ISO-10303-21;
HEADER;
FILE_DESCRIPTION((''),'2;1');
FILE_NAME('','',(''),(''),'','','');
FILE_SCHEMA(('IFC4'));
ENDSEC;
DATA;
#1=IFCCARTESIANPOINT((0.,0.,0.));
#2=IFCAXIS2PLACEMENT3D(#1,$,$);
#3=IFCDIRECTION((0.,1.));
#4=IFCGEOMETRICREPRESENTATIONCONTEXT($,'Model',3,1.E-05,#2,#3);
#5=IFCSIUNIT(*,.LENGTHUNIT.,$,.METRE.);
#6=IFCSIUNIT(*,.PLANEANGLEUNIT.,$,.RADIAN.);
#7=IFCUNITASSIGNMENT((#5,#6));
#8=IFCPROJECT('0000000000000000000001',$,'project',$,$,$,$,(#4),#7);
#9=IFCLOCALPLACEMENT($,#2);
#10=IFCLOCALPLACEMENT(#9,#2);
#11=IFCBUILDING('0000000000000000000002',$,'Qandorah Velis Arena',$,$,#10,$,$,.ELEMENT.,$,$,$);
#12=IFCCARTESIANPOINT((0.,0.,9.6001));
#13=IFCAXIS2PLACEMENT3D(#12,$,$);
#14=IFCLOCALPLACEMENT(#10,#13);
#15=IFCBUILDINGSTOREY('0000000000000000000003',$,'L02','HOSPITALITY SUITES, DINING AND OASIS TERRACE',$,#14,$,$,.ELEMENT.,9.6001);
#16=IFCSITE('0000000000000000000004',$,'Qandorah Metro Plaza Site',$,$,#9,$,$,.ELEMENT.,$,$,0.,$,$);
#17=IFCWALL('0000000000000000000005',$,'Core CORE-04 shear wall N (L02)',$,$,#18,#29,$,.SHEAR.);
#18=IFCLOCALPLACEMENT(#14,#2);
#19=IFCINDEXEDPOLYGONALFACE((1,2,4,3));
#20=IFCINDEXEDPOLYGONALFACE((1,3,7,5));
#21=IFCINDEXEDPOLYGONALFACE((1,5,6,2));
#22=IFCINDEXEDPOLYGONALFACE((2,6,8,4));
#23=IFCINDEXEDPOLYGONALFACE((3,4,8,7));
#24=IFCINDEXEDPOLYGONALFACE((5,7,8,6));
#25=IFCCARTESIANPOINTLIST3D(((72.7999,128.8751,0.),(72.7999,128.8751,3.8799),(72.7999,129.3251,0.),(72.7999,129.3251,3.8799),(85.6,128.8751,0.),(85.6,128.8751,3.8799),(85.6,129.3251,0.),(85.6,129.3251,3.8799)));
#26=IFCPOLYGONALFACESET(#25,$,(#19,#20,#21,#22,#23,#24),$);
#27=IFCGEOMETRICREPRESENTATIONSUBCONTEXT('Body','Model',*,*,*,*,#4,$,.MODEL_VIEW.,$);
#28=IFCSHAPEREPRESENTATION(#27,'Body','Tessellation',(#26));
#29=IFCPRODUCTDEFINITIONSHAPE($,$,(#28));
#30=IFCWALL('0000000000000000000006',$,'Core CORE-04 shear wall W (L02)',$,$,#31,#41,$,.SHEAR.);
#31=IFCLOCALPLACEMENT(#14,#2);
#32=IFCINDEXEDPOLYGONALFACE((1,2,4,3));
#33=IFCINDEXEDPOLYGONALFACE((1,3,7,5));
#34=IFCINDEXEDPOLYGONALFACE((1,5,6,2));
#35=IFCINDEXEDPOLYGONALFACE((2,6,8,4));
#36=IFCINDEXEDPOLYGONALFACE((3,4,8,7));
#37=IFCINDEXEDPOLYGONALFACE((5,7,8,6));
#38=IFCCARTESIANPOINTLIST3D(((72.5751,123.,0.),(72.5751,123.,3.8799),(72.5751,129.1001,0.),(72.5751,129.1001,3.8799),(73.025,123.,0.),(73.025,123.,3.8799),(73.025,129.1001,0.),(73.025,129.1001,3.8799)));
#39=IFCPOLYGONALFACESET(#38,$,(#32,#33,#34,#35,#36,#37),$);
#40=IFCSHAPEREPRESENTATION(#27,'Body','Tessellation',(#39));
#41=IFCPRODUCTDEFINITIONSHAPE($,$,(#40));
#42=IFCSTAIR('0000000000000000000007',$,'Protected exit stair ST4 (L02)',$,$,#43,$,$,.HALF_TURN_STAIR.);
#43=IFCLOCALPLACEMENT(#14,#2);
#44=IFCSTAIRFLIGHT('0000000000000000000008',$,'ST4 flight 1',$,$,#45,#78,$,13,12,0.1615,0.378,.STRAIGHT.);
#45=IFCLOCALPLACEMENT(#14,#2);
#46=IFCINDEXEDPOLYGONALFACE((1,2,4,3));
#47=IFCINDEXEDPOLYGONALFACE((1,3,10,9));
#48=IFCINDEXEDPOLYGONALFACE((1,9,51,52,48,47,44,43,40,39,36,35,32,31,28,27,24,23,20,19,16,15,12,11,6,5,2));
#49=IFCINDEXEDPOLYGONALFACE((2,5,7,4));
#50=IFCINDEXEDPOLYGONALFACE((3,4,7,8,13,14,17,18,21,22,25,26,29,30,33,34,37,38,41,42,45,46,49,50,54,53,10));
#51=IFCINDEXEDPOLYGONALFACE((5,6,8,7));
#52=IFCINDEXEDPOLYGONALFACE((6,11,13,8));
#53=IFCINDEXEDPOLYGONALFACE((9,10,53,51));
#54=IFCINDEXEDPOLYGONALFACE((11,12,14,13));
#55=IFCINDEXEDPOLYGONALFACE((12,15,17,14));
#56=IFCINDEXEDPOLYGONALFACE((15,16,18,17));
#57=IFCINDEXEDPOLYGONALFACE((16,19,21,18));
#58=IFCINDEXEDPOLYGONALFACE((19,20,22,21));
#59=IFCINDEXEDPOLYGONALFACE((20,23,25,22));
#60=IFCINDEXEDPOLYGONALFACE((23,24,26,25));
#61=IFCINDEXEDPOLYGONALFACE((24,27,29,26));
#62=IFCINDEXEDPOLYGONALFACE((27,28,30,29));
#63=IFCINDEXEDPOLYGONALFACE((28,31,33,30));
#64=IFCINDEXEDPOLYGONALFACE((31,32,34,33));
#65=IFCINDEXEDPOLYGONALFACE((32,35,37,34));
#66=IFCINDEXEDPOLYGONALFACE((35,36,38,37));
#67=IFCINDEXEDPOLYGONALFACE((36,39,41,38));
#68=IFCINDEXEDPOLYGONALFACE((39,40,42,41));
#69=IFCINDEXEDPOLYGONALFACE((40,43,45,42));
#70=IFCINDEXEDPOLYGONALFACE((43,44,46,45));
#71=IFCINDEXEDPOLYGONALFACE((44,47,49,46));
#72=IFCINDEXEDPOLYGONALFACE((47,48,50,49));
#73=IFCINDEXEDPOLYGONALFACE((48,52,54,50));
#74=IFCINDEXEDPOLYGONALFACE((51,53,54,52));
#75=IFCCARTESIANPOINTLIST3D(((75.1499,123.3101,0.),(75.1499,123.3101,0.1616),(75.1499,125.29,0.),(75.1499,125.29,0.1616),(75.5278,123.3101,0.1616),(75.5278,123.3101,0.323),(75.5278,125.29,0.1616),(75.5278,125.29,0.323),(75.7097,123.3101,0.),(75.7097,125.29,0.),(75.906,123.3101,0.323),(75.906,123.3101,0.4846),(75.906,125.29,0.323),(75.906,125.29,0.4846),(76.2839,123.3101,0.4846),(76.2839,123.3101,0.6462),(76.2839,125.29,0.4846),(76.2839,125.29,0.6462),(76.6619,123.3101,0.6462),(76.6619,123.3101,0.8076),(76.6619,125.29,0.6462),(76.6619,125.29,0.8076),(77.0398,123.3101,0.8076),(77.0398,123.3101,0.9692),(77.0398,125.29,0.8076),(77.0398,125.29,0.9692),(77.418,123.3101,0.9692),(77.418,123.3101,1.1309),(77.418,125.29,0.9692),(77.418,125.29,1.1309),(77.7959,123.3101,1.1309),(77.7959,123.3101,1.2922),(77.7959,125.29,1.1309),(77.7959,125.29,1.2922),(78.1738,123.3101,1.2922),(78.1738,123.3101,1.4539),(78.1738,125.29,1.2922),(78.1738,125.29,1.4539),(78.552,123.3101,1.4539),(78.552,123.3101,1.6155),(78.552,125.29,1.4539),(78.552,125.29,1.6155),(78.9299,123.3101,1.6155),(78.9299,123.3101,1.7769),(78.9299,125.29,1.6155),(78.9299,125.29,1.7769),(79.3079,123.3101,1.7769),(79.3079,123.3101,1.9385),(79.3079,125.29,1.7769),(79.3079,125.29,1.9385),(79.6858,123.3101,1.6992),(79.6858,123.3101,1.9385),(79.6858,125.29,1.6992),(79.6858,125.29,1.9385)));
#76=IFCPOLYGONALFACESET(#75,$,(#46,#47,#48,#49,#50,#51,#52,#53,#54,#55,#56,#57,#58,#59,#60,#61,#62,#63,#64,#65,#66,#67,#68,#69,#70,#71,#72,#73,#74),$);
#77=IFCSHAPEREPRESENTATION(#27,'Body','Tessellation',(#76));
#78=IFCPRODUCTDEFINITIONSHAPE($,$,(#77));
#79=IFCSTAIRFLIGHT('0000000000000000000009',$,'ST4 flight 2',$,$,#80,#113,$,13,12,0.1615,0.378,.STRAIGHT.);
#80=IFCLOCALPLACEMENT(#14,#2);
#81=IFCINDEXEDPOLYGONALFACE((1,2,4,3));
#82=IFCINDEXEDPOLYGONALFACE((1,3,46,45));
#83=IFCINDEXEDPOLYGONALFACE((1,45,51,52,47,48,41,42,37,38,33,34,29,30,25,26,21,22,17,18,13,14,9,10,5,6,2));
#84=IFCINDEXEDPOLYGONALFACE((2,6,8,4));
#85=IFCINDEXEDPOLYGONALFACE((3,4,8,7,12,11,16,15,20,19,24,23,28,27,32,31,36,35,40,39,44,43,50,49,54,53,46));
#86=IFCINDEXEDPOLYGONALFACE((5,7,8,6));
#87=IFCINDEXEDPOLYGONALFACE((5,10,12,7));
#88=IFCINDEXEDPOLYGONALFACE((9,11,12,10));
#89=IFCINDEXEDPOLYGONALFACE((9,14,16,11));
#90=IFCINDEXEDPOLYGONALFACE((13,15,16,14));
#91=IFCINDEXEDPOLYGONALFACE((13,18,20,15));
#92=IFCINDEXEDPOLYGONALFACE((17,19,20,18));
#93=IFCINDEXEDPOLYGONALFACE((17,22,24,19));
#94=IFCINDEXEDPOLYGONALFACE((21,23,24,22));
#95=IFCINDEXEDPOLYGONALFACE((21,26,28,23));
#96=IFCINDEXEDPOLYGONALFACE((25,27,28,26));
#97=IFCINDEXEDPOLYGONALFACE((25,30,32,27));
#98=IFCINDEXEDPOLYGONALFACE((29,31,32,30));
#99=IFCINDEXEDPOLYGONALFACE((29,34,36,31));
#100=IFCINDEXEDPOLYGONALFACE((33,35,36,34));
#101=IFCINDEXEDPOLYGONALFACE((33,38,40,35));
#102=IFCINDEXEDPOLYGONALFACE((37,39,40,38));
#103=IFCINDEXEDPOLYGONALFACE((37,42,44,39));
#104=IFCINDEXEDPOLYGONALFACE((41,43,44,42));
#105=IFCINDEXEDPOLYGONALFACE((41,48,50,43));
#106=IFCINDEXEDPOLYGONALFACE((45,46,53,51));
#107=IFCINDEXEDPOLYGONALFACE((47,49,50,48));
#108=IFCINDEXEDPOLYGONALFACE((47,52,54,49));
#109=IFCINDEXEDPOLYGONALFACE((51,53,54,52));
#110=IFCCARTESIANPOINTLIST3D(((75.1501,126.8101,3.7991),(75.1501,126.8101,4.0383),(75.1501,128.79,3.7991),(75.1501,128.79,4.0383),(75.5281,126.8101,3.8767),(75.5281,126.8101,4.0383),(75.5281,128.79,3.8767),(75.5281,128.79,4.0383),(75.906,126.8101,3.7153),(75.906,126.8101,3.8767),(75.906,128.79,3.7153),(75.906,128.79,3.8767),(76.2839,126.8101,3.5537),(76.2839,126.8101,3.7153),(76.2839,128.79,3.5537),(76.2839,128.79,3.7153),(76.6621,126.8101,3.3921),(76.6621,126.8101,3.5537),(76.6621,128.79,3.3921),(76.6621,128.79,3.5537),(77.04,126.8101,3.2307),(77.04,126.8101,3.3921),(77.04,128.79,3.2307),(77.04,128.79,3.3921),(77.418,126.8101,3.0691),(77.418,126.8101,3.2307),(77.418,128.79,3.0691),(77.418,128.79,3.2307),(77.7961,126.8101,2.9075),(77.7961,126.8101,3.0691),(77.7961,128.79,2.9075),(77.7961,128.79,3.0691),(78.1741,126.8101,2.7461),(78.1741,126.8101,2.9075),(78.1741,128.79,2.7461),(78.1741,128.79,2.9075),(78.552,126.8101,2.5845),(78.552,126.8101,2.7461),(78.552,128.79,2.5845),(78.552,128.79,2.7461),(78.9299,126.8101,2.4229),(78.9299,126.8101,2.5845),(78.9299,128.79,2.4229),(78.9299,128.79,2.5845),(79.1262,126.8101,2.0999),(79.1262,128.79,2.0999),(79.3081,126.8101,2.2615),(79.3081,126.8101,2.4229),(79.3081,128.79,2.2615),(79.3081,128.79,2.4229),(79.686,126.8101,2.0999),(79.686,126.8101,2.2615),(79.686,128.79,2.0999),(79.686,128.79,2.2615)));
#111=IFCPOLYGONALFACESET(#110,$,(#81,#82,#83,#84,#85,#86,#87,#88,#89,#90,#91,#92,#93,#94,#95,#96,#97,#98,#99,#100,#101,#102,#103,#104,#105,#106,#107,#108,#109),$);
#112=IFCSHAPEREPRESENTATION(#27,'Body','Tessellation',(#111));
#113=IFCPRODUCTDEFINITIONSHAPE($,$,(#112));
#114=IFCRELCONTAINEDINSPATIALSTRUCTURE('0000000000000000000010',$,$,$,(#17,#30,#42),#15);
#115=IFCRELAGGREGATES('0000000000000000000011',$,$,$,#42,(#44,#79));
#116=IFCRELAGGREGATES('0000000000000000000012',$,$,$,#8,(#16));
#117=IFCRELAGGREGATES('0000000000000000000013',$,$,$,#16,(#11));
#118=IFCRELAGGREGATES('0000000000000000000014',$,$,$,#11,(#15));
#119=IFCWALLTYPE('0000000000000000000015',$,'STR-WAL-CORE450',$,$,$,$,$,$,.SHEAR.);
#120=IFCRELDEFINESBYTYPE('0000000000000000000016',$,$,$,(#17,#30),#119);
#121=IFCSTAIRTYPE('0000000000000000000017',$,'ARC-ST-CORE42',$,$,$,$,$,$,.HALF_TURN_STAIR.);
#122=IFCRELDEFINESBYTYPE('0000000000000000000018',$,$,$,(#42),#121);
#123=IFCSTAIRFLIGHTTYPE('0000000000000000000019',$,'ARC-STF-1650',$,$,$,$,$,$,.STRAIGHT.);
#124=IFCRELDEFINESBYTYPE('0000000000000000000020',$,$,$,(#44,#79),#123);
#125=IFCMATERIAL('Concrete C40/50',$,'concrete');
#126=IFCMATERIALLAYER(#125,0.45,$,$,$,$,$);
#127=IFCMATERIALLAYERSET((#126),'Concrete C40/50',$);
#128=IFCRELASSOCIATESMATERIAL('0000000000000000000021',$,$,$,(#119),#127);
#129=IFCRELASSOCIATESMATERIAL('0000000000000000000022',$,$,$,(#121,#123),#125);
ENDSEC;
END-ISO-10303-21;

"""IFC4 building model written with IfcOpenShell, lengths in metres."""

from ifc_helpers import new_model, si_unit, direction, frame, frame_2d, origin, place, context, subcontext, project, spatial, polyline, rectangle, outline, extrude, material, layer, layer_set, type_object, element, aggregate, save


model = new_model("IFC4")

# Units and contexts
model_context = context("Model", 3, precision=1e-05, world=origin(), true_north=direction((0.0, 1.0)))
body_context = subcontext(model_context, "Body", "Model", "MODEL_VIEW")
ifc_project = project(units=[si_unit("LENGTHUNIT", "METRE"), si_unit("PLANEANGLEUNIT", "RADIAN")], contexts=[model_context])

# Site, building, storey
site_placement = place(None, origin())
site = spatial("IfcSite", under=ifc_project, at=site_placement, Name="Qandorah Metro Plaza Site", CompositionType="ELEMENT", RefElevation=0.0)
building_placement = place(site_placement, origin())
building = spatial("IfcBuilding", under=site, at=building_placement, Name="Qandorah Velis Arena", CompositionType="ELEMENT")
storey_placement = place(building_placement, frame((0.0, 0.0, 9.6001)))
storey = spatial("IfcBuildingStorey", under=building, at=storey_placement, Name="L02", Description="HOSPITALITY SUITES, DINING AND OASIS TERRACE", CompositionType="ELEMENT", Elevation=9.6001)

# Shared definitions
ifc_material_1 = material(Name="Concrete C40/50", Category="concrete")

# Shared definitions
ifc_layer_1 = layer(ifc_material_1, 0.45)
ifc_layer_set_1 = layer_set([ifc_layer_1], Name="Concrete C40/50")
wall_type_1 = type_object("IfcWallType", Name="STR-WAL-CORE450", PredefinedType="SHEAR", material=ifc_layer_set_1)

# Walls
wall_1_placement = place(storey_placement, frame((72.8, 129.1001, 0.0), z_axis=(0.0, 0.0, 1.0), x_axis=(1.0, 0.0, 0.0)))
element("IfcWall", 1, at=wall_1_placement, inside=storey, type_object=wall_type_1, Name="Core CORE-04 shear wall N (L02)", PredefinedType="SHEAR", context=body_context, shape_type="SweptSolid", body=[
    extrude(rectangle(XDim=12.8, YDim=0.45, at=frame_2d((6.3999, 0.0))), origin(), (0.0, 0.0, 1.0), 3.8799),
])
wall_2_placement = place(storey_placement, frame((72.8, 123.0, 0.0), z_axis=(0.0, 0.0, 1.0), x_axis=(0.0, 1.0, 0.0)))
element("IfcWall", 2, at=wall_2_placement, inside=storey, type_object=wall_type_1, Name="Core CORE-04 shear wall W (L02)", PredefinedType="SHEAR", context=body_context, shape_type="SweptSolid", body=[
    extrude(rectangle(XDim=6.1001, YDim=0.45, at=frame_2d((3.05, 0.0))), origin(), (0.0, 0.0, 1.0), 3.8799),
])

# Stair, stair flights
stair_type = type_object("IfcStairType", Name="ARC-ST-CORE42", PredefinedType="HALF_TURN_STAIR", material=ifc_material_1)
stair_placement = place(storey_placement, origin())
stair = element("IfcStair", 3, at=stair_placement, inside=storey, type_object=stair_type, Name="Protected exit stair ST4 (L02)", PredefinedType="HALF_TURN_STAIR")
stair_flight_type = type_object("IfcStairFlightType", Name="ARC-STF-1650", PredefinedType="STRAIGHT", material=ifc_material_1)
stair_flight_1_placement = place(storey_placement, frame((75.1499, 124.3, 0.0), z_axis=(0.0, 0.0, 1.0), x_axis=(1.0, 0.0, 0.0)))
stair_flight_1 = element("IfcStairFlight", 4, at=stair_flight_1_placement, type_object=stair_flight_type, Name="ST4 flight 1", NumberOfRisers=13, NumberOfTreads=12, PredefinedType="STRAIGHT", RiserHeight=0.1615, TreadLength=0.378, context=body_context, shape_type="SweptSolid", body=[
    extrude(outline(polyline([(0.0, 0.0), (0.0, 0.1616), (0.3779, 0.1616), (0.3779, 0.323), (0.7561, 0.323), (0.7561, 0.4846), (1.134, 0.4846), (1.134, 0.6462), (1.512, 0.6462), (1.512, 0.8076), (1.8899, 0.8076), (1.8899, 0.9692), (2.2681, 0.9692), (2.2681, 1.1309), (2.646, 1.1309), (2.646, 1.2922), (3.0239, 1.2922), (3.0239, 1.4539), (3.4021, 1.4539), (3.4021, 1.6155), (3.78, 1.6155), (3.78, 1.7769), (4.158, 1.7769), (4.158, 1.9385), (4.5359, 1.9385), (4.5359, 2.1001), (4.5359, 1.6992), (0.5598, 0.0), (0.0, 0.0)])), frame((0.0, 0.99, 0.0), z_axis=(0.0, -1.0, 0.0), x_axis=(1.0, 0.0, 0.0)), (0.0, 0.0, 1.0), 1.98),
])
stair_flight_2_placement = place(storey_placement, frame((79.686, 127.8, 2.0999), z_axis=(0.0, 0.0, 1.0), x_axis=(-1.0, 0.0, 0.0)))
stair_flight_2 = element("IfcStairFlight", 5, at=stair_flight_2_placement, type_object=stair_flight_type, Name="ST4 flight 2", NumberOfRisers=13, NumberOfTreads=12, PredefinedType="STRAIGHT", RiserHeight=0.1615, TreadLength=0.378, context=body_context, shape_type="SweptSolid", body=[
    extrude(outline(polyline([(0.0, 0.0), (0.0, 0.1616), (0.3779, 0.1616), (0.3779, 0.323), (0.7561, 0.323), (0.7561, 0.4846), (1.134, 0.4846), (1.134, 0.6462), (1.512, 0.6462), (1.512, 0.8076), (1.8899, 0.8076), (1.8899, 0.9692), (2.2681, 0.9692), (2.2681, 1.1309), (2.646, 1.1309), (2.646, 1.2922), (3.0239, 1.2922), (3.0239, 1.4539), (3.4021, 1.4539), (3.4021, 1.6155), (3.78, 1.6155), (3.78, 1.7769), (4.158, 1.7769), (4.158, 1.9385), (4.5359, 1.9385), (4.5359, 2.1001), (4.5359, 1.6992), (0.5598, 0.0), (0.0, 0.0)])), frame((0.0, 0.99, 0.0), z_axis=(0.0, -1.0, 0.0), x_axis=(1.0, 0.0, 0.0)), (0.0, 0.0, 1.0), 1.98),
])
aggregate(stair, [stair_flight_1, stair_flight_2])

save(model, "model.ifc")
